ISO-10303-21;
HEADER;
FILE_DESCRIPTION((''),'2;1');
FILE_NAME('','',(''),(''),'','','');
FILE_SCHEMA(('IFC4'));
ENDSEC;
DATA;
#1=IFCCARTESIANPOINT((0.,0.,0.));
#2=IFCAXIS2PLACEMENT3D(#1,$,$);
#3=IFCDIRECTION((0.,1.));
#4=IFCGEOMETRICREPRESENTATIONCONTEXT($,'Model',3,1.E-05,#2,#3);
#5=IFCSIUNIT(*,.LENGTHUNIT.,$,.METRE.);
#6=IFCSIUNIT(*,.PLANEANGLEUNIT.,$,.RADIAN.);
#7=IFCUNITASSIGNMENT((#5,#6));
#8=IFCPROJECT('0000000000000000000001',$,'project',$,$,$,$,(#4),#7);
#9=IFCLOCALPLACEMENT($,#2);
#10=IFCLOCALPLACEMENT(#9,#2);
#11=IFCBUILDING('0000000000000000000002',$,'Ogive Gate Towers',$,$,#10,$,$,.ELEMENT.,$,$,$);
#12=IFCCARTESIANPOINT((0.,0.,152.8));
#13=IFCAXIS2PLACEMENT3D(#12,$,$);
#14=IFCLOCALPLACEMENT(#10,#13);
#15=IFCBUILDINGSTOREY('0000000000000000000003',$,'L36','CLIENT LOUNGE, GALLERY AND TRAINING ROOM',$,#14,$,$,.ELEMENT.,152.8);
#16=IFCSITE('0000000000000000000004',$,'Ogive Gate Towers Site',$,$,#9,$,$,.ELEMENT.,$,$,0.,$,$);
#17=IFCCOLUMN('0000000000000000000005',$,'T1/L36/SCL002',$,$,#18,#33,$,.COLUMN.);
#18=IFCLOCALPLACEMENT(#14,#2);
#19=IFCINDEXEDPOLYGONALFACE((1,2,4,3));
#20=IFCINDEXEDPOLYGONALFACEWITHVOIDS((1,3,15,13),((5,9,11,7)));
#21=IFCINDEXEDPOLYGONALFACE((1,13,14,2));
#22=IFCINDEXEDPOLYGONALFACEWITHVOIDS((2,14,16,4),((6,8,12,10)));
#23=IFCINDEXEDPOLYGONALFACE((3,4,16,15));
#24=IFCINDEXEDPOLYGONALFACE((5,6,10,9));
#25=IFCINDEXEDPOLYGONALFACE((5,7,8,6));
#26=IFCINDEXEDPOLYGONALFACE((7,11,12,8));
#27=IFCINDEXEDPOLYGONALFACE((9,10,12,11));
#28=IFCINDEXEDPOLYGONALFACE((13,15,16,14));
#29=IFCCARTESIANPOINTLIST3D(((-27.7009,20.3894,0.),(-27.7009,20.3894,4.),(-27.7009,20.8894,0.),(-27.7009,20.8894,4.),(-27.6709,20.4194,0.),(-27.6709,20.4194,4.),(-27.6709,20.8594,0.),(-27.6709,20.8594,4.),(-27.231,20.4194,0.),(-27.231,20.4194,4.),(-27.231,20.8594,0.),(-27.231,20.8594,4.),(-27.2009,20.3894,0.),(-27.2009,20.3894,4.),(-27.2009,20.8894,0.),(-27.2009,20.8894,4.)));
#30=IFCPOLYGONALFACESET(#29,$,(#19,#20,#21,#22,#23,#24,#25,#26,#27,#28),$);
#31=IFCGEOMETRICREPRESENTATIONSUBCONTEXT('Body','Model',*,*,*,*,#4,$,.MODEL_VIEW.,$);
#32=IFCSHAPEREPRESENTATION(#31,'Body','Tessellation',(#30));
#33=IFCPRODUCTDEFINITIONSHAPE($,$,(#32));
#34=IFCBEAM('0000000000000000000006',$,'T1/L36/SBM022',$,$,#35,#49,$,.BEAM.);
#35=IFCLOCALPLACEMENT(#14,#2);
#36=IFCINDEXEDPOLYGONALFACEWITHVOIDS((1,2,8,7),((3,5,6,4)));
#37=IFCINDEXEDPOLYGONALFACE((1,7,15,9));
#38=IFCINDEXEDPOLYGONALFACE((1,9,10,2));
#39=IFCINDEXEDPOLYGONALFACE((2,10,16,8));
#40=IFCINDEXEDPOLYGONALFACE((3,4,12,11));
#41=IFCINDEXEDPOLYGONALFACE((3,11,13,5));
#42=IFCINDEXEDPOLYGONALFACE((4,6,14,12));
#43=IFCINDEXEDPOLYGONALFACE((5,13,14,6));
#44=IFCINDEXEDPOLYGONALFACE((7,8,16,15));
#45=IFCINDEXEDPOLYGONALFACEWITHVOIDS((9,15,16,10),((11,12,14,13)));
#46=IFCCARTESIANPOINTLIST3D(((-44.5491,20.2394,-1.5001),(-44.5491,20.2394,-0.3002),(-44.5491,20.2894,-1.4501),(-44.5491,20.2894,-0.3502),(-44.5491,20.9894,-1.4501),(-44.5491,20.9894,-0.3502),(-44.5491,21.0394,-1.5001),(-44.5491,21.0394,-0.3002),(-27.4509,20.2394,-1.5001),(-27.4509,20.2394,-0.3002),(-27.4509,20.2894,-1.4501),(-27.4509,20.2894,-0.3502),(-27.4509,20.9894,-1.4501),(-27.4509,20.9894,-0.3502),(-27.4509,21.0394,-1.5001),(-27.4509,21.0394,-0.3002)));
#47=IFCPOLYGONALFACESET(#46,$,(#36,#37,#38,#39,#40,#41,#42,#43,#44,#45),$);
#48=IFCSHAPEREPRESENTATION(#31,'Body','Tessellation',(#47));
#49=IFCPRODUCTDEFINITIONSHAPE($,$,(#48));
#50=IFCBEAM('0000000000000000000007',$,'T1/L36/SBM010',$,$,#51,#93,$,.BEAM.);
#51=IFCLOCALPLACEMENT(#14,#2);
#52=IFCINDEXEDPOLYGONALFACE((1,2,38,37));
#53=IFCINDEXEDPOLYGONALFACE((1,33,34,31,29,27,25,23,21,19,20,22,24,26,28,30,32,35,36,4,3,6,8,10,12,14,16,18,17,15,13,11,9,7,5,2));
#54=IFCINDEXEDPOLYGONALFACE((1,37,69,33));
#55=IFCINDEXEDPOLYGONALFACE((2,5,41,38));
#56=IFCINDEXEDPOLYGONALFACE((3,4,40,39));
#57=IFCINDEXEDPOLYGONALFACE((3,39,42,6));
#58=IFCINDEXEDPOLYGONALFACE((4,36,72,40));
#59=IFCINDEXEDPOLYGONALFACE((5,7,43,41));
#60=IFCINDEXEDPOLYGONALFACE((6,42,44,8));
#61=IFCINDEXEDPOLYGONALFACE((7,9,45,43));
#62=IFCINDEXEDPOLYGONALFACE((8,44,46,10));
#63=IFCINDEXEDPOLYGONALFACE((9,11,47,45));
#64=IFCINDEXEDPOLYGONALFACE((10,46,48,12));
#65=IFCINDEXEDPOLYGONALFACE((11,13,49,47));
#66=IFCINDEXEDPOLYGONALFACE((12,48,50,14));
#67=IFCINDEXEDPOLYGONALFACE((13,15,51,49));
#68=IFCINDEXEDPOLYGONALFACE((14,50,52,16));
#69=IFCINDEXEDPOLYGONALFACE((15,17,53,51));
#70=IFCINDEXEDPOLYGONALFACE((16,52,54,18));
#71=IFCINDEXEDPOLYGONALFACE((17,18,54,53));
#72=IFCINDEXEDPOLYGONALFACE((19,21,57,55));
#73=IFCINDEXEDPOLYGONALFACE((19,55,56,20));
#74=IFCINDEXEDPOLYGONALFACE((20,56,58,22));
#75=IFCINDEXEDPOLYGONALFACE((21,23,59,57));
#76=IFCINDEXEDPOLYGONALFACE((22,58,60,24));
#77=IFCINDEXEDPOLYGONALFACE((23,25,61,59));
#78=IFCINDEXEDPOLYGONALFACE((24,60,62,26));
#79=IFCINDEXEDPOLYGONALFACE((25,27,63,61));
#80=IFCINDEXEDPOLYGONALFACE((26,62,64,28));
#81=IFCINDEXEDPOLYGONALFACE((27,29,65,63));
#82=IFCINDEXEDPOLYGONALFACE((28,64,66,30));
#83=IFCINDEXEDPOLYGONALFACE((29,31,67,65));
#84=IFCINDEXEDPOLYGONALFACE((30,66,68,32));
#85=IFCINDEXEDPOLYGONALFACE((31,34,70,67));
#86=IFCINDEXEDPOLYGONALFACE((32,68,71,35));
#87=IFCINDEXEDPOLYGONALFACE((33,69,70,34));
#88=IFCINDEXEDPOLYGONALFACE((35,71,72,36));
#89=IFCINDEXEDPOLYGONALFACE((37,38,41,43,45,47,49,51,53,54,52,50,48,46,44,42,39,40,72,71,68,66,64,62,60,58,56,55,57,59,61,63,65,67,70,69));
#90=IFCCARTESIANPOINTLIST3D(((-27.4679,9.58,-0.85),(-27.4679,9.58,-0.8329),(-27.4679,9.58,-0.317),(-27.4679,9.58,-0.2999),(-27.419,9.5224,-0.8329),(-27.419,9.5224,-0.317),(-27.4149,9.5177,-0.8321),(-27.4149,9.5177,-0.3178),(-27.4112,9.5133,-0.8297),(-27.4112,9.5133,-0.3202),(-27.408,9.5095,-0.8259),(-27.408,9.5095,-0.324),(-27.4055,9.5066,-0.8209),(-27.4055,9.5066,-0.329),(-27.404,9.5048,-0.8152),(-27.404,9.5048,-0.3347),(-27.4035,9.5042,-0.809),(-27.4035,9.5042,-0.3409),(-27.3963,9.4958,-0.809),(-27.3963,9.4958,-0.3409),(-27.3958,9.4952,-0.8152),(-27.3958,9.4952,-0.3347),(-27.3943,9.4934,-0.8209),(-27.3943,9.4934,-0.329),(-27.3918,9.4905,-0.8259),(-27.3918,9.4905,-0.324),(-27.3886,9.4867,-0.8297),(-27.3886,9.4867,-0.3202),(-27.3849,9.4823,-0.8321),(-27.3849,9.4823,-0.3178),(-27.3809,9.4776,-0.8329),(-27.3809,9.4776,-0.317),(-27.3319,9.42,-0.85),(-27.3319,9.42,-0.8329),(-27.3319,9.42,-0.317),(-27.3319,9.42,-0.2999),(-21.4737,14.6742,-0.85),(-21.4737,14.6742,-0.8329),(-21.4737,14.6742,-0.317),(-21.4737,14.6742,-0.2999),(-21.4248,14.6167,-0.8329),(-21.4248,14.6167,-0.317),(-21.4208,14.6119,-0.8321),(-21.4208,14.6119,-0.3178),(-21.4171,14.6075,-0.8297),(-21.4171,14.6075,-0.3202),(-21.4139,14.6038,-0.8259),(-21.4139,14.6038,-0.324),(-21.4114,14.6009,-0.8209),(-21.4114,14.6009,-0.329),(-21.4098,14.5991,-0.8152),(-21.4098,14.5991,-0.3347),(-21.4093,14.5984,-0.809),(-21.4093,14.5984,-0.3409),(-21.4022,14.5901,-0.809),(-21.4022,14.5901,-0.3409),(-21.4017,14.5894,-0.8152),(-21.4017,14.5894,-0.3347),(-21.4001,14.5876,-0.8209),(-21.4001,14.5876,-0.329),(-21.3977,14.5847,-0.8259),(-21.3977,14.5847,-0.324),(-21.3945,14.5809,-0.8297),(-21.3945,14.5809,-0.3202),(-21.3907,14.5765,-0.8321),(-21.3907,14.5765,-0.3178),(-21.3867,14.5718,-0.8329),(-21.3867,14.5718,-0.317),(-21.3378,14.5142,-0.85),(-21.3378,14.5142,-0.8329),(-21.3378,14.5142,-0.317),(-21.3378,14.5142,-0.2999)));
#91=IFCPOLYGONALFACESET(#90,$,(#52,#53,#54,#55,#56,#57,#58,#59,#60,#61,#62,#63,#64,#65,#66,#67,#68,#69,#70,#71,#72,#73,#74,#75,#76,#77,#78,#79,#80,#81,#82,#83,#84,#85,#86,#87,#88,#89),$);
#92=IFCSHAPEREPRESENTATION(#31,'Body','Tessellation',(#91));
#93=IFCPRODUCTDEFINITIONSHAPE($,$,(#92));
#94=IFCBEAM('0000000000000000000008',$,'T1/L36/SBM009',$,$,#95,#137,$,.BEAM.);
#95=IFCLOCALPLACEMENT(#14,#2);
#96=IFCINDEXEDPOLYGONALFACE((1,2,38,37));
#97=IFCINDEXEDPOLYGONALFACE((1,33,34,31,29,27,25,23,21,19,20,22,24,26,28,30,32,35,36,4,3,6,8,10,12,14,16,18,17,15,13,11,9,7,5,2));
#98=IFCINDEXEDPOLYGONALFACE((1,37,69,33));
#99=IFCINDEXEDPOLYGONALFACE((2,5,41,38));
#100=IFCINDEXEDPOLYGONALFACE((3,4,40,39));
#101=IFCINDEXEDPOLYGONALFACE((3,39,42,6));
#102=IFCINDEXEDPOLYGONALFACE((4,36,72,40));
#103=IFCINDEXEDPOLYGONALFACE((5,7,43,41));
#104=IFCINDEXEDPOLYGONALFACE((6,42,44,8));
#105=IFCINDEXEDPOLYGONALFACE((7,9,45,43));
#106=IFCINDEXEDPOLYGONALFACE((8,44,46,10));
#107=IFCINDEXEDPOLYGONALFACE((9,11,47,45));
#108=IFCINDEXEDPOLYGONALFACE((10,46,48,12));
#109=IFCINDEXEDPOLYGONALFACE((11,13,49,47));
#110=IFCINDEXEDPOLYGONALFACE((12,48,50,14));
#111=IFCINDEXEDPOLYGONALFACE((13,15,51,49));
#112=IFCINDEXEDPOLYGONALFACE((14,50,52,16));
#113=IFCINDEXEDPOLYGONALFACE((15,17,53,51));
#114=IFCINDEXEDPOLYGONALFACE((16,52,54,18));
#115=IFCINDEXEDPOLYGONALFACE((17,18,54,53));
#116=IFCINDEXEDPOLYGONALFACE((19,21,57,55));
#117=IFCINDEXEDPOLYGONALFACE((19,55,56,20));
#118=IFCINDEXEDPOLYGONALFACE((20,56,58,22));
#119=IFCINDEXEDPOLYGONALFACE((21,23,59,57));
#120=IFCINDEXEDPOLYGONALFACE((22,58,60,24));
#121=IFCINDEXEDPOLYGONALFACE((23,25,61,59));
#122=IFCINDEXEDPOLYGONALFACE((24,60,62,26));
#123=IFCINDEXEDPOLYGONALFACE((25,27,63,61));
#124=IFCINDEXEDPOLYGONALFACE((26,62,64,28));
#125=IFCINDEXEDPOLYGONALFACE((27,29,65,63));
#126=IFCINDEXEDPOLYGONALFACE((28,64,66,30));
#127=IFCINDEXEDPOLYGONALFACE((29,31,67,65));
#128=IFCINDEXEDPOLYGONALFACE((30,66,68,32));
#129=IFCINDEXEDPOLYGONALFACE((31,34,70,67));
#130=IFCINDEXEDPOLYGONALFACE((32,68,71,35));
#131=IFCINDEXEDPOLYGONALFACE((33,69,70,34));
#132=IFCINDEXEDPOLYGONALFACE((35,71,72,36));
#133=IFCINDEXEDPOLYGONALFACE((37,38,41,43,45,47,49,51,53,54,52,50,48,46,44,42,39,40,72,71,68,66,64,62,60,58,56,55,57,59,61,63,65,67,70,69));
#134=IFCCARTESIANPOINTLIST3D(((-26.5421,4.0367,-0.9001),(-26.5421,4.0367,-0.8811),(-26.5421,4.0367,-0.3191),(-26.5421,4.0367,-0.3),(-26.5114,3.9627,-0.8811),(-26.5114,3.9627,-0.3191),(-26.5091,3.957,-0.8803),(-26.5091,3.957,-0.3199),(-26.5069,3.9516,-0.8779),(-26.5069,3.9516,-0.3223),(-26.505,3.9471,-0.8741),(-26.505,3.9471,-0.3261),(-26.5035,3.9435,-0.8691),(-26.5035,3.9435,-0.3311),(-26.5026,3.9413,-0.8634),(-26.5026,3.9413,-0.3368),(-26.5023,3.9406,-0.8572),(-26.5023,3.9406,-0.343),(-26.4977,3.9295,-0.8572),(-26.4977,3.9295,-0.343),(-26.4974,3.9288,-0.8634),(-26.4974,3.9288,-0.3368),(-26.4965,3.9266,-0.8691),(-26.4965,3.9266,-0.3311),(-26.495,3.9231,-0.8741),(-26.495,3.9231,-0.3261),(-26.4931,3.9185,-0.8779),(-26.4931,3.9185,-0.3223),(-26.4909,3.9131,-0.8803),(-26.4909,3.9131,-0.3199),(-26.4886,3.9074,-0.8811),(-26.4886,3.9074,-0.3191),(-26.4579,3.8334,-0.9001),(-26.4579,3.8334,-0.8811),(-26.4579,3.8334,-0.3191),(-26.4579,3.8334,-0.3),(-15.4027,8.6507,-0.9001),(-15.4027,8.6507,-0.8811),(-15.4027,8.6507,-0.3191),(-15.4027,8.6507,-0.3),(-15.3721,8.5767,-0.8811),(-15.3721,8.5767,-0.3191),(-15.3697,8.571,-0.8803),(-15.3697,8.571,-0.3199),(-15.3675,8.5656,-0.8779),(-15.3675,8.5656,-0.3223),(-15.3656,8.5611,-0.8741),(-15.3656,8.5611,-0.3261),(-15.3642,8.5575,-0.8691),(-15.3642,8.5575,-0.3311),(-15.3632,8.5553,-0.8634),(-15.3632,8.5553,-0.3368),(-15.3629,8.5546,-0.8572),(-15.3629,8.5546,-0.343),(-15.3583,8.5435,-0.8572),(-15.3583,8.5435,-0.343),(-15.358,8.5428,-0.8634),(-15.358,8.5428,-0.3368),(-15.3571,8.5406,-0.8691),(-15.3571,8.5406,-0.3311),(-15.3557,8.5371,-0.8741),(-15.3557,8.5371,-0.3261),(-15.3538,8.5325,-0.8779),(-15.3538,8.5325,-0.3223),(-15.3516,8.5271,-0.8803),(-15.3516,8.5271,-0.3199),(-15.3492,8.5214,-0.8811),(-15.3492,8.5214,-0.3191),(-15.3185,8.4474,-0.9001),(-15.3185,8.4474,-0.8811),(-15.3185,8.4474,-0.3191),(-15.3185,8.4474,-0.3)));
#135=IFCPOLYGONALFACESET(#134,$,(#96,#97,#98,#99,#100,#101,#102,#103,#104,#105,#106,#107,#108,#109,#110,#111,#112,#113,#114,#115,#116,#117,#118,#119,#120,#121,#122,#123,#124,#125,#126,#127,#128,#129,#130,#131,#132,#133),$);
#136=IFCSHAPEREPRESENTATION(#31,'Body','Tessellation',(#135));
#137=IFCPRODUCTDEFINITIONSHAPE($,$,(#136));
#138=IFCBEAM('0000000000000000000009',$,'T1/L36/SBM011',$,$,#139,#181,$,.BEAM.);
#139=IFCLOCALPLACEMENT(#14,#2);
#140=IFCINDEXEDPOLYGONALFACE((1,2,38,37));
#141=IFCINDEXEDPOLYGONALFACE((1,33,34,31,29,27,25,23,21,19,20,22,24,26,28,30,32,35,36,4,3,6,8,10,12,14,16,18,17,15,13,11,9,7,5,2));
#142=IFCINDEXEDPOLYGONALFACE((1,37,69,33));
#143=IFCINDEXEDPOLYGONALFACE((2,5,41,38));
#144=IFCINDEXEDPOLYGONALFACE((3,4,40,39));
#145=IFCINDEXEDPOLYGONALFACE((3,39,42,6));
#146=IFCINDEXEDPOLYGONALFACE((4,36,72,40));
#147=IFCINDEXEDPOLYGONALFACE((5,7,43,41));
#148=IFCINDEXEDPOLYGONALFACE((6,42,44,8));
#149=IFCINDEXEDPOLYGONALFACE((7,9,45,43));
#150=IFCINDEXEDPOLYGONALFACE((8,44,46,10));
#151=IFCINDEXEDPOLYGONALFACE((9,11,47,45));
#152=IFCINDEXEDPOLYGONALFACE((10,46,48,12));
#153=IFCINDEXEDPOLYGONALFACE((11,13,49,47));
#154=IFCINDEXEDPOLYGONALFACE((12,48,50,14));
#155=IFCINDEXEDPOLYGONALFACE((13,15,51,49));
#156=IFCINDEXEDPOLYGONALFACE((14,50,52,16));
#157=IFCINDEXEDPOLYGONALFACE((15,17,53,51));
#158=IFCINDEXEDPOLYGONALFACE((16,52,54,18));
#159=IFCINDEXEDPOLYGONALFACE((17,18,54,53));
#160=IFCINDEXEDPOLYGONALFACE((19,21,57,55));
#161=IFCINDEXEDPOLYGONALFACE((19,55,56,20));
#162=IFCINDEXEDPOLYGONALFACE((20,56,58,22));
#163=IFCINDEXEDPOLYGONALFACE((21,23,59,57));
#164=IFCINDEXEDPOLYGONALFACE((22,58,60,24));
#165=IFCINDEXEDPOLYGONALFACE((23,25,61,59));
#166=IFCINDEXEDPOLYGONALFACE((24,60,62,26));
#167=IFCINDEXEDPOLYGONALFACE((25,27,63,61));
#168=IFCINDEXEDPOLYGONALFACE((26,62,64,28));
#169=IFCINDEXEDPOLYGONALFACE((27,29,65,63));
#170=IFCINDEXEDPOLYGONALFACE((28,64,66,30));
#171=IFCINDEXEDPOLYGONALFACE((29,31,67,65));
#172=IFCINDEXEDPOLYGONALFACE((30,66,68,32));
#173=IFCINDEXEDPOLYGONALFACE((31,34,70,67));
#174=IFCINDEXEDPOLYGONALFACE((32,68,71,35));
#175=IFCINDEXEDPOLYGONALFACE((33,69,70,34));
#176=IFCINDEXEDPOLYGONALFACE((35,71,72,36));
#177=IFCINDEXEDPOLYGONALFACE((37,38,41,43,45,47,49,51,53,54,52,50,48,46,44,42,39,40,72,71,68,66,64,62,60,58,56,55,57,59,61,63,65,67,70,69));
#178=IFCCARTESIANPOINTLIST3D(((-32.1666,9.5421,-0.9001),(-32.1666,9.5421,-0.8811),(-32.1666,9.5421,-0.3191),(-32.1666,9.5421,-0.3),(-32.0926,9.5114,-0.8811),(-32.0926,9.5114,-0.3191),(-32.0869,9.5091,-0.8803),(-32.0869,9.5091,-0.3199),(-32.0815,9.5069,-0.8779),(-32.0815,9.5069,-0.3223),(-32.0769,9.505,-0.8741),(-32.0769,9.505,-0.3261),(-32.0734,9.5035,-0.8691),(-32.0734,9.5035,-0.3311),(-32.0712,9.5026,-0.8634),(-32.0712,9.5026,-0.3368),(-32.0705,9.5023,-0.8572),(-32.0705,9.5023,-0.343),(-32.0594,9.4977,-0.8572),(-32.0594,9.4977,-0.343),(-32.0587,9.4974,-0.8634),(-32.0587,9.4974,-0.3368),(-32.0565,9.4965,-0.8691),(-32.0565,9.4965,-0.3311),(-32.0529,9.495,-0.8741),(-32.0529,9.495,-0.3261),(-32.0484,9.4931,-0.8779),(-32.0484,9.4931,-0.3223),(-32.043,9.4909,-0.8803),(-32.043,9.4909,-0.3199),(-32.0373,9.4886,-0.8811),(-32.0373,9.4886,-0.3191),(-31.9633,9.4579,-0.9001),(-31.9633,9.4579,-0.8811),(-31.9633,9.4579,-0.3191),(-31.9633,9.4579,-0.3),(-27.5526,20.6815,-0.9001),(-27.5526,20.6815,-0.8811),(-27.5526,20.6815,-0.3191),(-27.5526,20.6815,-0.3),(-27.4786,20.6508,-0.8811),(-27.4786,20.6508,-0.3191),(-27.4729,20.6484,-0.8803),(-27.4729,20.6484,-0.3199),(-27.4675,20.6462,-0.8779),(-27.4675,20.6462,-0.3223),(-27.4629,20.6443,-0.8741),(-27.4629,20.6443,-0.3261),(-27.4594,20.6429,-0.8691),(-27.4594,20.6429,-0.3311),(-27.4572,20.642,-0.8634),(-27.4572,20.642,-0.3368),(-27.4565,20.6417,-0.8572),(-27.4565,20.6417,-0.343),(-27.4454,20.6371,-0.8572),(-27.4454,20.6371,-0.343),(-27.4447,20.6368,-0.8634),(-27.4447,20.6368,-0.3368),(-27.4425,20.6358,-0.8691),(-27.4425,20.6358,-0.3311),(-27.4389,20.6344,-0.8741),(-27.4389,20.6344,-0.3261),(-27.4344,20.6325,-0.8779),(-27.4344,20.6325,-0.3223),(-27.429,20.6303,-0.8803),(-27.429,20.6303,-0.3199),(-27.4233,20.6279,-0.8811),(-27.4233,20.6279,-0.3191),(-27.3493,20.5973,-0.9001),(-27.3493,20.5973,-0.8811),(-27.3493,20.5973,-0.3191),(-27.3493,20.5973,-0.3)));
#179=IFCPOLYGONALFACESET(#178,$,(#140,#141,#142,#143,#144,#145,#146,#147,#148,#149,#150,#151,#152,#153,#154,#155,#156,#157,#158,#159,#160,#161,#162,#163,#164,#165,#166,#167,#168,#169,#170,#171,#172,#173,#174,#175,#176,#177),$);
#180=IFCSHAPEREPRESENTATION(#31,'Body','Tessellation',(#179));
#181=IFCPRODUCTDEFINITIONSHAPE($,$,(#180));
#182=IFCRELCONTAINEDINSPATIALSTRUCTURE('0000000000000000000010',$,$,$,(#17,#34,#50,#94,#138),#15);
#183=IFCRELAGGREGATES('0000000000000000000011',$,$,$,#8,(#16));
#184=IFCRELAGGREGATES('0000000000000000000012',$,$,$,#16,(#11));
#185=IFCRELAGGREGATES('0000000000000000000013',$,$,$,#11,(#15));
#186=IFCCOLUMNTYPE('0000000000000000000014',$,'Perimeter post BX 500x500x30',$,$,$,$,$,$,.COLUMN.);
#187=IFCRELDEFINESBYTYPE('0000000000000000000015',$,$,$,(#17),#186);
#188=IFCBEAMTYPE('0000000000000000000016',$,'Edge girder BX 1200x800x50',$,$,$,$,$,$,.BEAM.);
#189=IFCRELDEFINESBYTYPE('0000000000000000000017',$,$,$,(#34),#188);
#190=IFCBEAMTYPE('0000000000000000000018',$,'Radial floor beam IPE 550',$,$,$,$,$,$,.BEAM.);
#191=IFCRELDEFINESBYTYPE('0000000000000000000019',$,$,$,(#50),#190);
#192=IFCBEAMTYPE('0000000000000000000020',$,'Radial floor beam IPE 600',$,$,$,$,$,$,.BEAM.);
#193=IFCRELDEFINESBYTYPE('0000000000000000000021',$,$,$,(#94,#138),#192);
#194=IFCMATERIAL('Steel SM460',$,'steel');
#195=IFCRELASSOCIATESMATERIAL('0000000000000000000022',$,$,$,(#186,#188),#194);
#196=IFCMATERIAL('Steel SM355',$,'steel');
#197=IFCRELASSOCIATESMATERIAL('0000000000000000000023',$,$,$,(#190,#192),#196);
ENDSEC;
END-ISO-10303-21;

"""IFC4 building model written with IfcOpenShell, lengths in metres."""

from ifc_helpers import new_model, si_unit, direction, frame, origin, origin_2d, place, context, subcontext, project, spatial, hollow_rectangle, i_section, extrude, material, material_profile, profile_set, type_object, element, save


model = new_model("IFC4")

# Units and contexts
model_context = context("Model", 3, precision=1e-05, world=origin(), true_north=direction((0.0, 1.0)))
body_context = subcontext(model_context, "Body", "Model", "MODEL_VIEW")
ifc_project = project(units=[si_unit("LENGTHUNIT", "METRE"), si_unit("PLANEANGLEUNIT", "RADIAN")], contexts=[model_context])

# Site, building, storey
site_placement = place(None, origin())
site = spatial("IfcSite", under=ifc_project, at=site_placement, Name="Ogive Gate Towers Site", CompositionType="ELEMENT", RefElevation=0.0)
building_placement = place(site_placement, origin())
building = spatial("IfcBuilding", under=site, at=building_placement, Name="Ogive Gate Towers", CompositionType="ELEMENT")
storey_placement = place(building_placement, frame((0.0, 0.0, 152.8)))
storey = spatial("IfcBuildingStorey", under=building, at=storey_placement, Name="L36", Description="CLIENT LOUNGE, GALLERY AND TRAINING ROOM", CompositionType="ELEMENT", Elevation=152.8)

# Column
ifc_material_1 = material(Name="Steel SM460", Category="steel")
ifc_material_profile_1 = material_profile(ifc_material_1, hollow_rectangle(XDim=0.5, YDim=0.5, WallThickness=0.03, at=origin_2d()), Name="BX 500x500x30")
ifc_profile_set_1 = profile_set([ifc_material_profile_1], Name="Steel SM460")
column_type = type_object("IfcColumnType", Name="Perimeter post BX 500x500x30", PredefinedType="COLUMN", material=ifc_profile_set_1)
column_placement = place(storey_placement, frame((-27.4509, 20.6394, 0.0), z_axis=(0.0, 0.0, 1.0), x_axis=(1.0, 0.0, 0.0)))
element("IfcColumn", 1, at=column_placement, inside=storey, type_object=column_type, Name="T1/L36/SCL002", PredefinedType="COLUMN", context=body_context, shape_type="SweptSolid", body=[
    extrude(hollow_rectangle(XDim=0.5, YDim=0.5, WallThickness=0.03, at=origin_2d()), origin(), (0.0, 0.0, 1.0), 4.0),
])

# Beams
ifc_material_profile_2 = material_profile(ifc_material_1, hollow_rectangle(XDim=0.8, YDim=1.2, WallThickness=0.05, at=origin_2d()), Name="BX 1200x800x50")
ifc_profile_set_2 = profile_set([ifc_material_profile_2], Name="Steel SM460")
beam_type_1 = type_object("IfcBeamType", Name="Edge girder BX 1200x800x50", PredefinedType="BEAM", material=ifc_profile_set_2)
beam_1_placement = place(storey_placement, frame((-27.4509, 20.6394, -0.9001), z_axis=(-1.0, 0.0, 0.0), x_axis=(0.0, -1.0, 0.0)))
element("IfcBeam", 2, at=beam_1_placement, inside=storey, type_object=beam_type_1, Name="T1/L36/SBM022", PredefinedType="BEAM", context=body_context, shape_type="SweptSolid", body=[
    extrude(hollow_rectangle(XDim=0.8, YDim=1.2, WallThickness=0.05, at=origin_2d()), origin(), (0.0, 0.0, 1.0), 17.0981),
])
ifc_material_2 = material(Name="Steel SM355", Category="steel")
ifc_material_profile_3 = material_profile(ifc_material_2, i_section(OverallWidth=0.21, OverallDepth=0.55, WebThickness=0.011, FlangeThickness=0.0171, FilletRadius=0.0239, at=origin_2d()), Name="IPE 550")
ifc_profile_set_3 = profile_set([ifc_material_profile_3], Name="Steel SM355")
beam_type_2 = type_object("IfcBeamType", Name="Radial floor beam IPE 550", PredefinedType="BEAM", material=ifc_profile_set_3)
beam_2_placement = place(storey_placement, frame((-27.3999, 9.5, -0.575), z_axis=(0.761988, 0.647591, 0.0), x_axis=(-0.647591, 0.761988, 0.0)))
element("IfcBeam", 3, at=beam_2_placement, inside=storey, type_object=beam_type_2, Name="T1/L36/SBM010", PredefinedType="BEAM", context=body_context, shape_type="SweptSolid", body=[
    extrude(i_section(OverallWidth=0.21, OverallDepth=0.55, WebThickness=0.011, FlangeThickness=0.0171, FilletRadius=0.0239, at=origin_2d()), origin(), (0.0, 0.0, 1.0), 7.8665),
])
ifc_material_profile_4 = material_profile(ifc_material_2, i_section(OverallWidth=0.22, OverallDepth=0.6001, WebThickness=0.012, FlangeThickness=0.019, FilletRadius=0.0239, at=origin_2d()), Name="IPE 600")
ifc_profile_set_4 = profile_set([ifc_material_profile_4], Name="Steel SM355")
beam_type_3 = type_object("IfcBeamType", Name="Radial floor beam IPE 600", PredefinedType="BEAM", material=ifc_profile_set_4)
for number, where, z_axis, x_axis, name in (
    (4, (-26.5, 3.9351, -0.6001), (0.923882, 0.382678, 0.0), (-0.382678, 0.923882, 0.0), "T1/L36/SBM009"),
    (5, (-32.0649, 9.5, -0.6001), (0.382678, 0.923882, 0.0), (-0.923882, 0.382678, 0.0), "T1/L36/SBM011"),
):
    element("IfcBeam", number, at=place(storey_placement, frame(where, z_axis=z_axis, x_axis=x_axis)), inside=storey, type_object=beam_type_3, Name=name, PredefinedType="BEAM", context=body_context, shape_type="SweptSolid", body=[
        extrude(i_section(OverallWidth=0.22, OverallDepth=0.6001, WebThickness=0.012, FlangeThickness=0.019, FilletRadius=0.0239, at=origin_2d()), origin(), (0.0, 0.0, 1.0), 12.0571),
    ])

save(model, "model.ifc")
